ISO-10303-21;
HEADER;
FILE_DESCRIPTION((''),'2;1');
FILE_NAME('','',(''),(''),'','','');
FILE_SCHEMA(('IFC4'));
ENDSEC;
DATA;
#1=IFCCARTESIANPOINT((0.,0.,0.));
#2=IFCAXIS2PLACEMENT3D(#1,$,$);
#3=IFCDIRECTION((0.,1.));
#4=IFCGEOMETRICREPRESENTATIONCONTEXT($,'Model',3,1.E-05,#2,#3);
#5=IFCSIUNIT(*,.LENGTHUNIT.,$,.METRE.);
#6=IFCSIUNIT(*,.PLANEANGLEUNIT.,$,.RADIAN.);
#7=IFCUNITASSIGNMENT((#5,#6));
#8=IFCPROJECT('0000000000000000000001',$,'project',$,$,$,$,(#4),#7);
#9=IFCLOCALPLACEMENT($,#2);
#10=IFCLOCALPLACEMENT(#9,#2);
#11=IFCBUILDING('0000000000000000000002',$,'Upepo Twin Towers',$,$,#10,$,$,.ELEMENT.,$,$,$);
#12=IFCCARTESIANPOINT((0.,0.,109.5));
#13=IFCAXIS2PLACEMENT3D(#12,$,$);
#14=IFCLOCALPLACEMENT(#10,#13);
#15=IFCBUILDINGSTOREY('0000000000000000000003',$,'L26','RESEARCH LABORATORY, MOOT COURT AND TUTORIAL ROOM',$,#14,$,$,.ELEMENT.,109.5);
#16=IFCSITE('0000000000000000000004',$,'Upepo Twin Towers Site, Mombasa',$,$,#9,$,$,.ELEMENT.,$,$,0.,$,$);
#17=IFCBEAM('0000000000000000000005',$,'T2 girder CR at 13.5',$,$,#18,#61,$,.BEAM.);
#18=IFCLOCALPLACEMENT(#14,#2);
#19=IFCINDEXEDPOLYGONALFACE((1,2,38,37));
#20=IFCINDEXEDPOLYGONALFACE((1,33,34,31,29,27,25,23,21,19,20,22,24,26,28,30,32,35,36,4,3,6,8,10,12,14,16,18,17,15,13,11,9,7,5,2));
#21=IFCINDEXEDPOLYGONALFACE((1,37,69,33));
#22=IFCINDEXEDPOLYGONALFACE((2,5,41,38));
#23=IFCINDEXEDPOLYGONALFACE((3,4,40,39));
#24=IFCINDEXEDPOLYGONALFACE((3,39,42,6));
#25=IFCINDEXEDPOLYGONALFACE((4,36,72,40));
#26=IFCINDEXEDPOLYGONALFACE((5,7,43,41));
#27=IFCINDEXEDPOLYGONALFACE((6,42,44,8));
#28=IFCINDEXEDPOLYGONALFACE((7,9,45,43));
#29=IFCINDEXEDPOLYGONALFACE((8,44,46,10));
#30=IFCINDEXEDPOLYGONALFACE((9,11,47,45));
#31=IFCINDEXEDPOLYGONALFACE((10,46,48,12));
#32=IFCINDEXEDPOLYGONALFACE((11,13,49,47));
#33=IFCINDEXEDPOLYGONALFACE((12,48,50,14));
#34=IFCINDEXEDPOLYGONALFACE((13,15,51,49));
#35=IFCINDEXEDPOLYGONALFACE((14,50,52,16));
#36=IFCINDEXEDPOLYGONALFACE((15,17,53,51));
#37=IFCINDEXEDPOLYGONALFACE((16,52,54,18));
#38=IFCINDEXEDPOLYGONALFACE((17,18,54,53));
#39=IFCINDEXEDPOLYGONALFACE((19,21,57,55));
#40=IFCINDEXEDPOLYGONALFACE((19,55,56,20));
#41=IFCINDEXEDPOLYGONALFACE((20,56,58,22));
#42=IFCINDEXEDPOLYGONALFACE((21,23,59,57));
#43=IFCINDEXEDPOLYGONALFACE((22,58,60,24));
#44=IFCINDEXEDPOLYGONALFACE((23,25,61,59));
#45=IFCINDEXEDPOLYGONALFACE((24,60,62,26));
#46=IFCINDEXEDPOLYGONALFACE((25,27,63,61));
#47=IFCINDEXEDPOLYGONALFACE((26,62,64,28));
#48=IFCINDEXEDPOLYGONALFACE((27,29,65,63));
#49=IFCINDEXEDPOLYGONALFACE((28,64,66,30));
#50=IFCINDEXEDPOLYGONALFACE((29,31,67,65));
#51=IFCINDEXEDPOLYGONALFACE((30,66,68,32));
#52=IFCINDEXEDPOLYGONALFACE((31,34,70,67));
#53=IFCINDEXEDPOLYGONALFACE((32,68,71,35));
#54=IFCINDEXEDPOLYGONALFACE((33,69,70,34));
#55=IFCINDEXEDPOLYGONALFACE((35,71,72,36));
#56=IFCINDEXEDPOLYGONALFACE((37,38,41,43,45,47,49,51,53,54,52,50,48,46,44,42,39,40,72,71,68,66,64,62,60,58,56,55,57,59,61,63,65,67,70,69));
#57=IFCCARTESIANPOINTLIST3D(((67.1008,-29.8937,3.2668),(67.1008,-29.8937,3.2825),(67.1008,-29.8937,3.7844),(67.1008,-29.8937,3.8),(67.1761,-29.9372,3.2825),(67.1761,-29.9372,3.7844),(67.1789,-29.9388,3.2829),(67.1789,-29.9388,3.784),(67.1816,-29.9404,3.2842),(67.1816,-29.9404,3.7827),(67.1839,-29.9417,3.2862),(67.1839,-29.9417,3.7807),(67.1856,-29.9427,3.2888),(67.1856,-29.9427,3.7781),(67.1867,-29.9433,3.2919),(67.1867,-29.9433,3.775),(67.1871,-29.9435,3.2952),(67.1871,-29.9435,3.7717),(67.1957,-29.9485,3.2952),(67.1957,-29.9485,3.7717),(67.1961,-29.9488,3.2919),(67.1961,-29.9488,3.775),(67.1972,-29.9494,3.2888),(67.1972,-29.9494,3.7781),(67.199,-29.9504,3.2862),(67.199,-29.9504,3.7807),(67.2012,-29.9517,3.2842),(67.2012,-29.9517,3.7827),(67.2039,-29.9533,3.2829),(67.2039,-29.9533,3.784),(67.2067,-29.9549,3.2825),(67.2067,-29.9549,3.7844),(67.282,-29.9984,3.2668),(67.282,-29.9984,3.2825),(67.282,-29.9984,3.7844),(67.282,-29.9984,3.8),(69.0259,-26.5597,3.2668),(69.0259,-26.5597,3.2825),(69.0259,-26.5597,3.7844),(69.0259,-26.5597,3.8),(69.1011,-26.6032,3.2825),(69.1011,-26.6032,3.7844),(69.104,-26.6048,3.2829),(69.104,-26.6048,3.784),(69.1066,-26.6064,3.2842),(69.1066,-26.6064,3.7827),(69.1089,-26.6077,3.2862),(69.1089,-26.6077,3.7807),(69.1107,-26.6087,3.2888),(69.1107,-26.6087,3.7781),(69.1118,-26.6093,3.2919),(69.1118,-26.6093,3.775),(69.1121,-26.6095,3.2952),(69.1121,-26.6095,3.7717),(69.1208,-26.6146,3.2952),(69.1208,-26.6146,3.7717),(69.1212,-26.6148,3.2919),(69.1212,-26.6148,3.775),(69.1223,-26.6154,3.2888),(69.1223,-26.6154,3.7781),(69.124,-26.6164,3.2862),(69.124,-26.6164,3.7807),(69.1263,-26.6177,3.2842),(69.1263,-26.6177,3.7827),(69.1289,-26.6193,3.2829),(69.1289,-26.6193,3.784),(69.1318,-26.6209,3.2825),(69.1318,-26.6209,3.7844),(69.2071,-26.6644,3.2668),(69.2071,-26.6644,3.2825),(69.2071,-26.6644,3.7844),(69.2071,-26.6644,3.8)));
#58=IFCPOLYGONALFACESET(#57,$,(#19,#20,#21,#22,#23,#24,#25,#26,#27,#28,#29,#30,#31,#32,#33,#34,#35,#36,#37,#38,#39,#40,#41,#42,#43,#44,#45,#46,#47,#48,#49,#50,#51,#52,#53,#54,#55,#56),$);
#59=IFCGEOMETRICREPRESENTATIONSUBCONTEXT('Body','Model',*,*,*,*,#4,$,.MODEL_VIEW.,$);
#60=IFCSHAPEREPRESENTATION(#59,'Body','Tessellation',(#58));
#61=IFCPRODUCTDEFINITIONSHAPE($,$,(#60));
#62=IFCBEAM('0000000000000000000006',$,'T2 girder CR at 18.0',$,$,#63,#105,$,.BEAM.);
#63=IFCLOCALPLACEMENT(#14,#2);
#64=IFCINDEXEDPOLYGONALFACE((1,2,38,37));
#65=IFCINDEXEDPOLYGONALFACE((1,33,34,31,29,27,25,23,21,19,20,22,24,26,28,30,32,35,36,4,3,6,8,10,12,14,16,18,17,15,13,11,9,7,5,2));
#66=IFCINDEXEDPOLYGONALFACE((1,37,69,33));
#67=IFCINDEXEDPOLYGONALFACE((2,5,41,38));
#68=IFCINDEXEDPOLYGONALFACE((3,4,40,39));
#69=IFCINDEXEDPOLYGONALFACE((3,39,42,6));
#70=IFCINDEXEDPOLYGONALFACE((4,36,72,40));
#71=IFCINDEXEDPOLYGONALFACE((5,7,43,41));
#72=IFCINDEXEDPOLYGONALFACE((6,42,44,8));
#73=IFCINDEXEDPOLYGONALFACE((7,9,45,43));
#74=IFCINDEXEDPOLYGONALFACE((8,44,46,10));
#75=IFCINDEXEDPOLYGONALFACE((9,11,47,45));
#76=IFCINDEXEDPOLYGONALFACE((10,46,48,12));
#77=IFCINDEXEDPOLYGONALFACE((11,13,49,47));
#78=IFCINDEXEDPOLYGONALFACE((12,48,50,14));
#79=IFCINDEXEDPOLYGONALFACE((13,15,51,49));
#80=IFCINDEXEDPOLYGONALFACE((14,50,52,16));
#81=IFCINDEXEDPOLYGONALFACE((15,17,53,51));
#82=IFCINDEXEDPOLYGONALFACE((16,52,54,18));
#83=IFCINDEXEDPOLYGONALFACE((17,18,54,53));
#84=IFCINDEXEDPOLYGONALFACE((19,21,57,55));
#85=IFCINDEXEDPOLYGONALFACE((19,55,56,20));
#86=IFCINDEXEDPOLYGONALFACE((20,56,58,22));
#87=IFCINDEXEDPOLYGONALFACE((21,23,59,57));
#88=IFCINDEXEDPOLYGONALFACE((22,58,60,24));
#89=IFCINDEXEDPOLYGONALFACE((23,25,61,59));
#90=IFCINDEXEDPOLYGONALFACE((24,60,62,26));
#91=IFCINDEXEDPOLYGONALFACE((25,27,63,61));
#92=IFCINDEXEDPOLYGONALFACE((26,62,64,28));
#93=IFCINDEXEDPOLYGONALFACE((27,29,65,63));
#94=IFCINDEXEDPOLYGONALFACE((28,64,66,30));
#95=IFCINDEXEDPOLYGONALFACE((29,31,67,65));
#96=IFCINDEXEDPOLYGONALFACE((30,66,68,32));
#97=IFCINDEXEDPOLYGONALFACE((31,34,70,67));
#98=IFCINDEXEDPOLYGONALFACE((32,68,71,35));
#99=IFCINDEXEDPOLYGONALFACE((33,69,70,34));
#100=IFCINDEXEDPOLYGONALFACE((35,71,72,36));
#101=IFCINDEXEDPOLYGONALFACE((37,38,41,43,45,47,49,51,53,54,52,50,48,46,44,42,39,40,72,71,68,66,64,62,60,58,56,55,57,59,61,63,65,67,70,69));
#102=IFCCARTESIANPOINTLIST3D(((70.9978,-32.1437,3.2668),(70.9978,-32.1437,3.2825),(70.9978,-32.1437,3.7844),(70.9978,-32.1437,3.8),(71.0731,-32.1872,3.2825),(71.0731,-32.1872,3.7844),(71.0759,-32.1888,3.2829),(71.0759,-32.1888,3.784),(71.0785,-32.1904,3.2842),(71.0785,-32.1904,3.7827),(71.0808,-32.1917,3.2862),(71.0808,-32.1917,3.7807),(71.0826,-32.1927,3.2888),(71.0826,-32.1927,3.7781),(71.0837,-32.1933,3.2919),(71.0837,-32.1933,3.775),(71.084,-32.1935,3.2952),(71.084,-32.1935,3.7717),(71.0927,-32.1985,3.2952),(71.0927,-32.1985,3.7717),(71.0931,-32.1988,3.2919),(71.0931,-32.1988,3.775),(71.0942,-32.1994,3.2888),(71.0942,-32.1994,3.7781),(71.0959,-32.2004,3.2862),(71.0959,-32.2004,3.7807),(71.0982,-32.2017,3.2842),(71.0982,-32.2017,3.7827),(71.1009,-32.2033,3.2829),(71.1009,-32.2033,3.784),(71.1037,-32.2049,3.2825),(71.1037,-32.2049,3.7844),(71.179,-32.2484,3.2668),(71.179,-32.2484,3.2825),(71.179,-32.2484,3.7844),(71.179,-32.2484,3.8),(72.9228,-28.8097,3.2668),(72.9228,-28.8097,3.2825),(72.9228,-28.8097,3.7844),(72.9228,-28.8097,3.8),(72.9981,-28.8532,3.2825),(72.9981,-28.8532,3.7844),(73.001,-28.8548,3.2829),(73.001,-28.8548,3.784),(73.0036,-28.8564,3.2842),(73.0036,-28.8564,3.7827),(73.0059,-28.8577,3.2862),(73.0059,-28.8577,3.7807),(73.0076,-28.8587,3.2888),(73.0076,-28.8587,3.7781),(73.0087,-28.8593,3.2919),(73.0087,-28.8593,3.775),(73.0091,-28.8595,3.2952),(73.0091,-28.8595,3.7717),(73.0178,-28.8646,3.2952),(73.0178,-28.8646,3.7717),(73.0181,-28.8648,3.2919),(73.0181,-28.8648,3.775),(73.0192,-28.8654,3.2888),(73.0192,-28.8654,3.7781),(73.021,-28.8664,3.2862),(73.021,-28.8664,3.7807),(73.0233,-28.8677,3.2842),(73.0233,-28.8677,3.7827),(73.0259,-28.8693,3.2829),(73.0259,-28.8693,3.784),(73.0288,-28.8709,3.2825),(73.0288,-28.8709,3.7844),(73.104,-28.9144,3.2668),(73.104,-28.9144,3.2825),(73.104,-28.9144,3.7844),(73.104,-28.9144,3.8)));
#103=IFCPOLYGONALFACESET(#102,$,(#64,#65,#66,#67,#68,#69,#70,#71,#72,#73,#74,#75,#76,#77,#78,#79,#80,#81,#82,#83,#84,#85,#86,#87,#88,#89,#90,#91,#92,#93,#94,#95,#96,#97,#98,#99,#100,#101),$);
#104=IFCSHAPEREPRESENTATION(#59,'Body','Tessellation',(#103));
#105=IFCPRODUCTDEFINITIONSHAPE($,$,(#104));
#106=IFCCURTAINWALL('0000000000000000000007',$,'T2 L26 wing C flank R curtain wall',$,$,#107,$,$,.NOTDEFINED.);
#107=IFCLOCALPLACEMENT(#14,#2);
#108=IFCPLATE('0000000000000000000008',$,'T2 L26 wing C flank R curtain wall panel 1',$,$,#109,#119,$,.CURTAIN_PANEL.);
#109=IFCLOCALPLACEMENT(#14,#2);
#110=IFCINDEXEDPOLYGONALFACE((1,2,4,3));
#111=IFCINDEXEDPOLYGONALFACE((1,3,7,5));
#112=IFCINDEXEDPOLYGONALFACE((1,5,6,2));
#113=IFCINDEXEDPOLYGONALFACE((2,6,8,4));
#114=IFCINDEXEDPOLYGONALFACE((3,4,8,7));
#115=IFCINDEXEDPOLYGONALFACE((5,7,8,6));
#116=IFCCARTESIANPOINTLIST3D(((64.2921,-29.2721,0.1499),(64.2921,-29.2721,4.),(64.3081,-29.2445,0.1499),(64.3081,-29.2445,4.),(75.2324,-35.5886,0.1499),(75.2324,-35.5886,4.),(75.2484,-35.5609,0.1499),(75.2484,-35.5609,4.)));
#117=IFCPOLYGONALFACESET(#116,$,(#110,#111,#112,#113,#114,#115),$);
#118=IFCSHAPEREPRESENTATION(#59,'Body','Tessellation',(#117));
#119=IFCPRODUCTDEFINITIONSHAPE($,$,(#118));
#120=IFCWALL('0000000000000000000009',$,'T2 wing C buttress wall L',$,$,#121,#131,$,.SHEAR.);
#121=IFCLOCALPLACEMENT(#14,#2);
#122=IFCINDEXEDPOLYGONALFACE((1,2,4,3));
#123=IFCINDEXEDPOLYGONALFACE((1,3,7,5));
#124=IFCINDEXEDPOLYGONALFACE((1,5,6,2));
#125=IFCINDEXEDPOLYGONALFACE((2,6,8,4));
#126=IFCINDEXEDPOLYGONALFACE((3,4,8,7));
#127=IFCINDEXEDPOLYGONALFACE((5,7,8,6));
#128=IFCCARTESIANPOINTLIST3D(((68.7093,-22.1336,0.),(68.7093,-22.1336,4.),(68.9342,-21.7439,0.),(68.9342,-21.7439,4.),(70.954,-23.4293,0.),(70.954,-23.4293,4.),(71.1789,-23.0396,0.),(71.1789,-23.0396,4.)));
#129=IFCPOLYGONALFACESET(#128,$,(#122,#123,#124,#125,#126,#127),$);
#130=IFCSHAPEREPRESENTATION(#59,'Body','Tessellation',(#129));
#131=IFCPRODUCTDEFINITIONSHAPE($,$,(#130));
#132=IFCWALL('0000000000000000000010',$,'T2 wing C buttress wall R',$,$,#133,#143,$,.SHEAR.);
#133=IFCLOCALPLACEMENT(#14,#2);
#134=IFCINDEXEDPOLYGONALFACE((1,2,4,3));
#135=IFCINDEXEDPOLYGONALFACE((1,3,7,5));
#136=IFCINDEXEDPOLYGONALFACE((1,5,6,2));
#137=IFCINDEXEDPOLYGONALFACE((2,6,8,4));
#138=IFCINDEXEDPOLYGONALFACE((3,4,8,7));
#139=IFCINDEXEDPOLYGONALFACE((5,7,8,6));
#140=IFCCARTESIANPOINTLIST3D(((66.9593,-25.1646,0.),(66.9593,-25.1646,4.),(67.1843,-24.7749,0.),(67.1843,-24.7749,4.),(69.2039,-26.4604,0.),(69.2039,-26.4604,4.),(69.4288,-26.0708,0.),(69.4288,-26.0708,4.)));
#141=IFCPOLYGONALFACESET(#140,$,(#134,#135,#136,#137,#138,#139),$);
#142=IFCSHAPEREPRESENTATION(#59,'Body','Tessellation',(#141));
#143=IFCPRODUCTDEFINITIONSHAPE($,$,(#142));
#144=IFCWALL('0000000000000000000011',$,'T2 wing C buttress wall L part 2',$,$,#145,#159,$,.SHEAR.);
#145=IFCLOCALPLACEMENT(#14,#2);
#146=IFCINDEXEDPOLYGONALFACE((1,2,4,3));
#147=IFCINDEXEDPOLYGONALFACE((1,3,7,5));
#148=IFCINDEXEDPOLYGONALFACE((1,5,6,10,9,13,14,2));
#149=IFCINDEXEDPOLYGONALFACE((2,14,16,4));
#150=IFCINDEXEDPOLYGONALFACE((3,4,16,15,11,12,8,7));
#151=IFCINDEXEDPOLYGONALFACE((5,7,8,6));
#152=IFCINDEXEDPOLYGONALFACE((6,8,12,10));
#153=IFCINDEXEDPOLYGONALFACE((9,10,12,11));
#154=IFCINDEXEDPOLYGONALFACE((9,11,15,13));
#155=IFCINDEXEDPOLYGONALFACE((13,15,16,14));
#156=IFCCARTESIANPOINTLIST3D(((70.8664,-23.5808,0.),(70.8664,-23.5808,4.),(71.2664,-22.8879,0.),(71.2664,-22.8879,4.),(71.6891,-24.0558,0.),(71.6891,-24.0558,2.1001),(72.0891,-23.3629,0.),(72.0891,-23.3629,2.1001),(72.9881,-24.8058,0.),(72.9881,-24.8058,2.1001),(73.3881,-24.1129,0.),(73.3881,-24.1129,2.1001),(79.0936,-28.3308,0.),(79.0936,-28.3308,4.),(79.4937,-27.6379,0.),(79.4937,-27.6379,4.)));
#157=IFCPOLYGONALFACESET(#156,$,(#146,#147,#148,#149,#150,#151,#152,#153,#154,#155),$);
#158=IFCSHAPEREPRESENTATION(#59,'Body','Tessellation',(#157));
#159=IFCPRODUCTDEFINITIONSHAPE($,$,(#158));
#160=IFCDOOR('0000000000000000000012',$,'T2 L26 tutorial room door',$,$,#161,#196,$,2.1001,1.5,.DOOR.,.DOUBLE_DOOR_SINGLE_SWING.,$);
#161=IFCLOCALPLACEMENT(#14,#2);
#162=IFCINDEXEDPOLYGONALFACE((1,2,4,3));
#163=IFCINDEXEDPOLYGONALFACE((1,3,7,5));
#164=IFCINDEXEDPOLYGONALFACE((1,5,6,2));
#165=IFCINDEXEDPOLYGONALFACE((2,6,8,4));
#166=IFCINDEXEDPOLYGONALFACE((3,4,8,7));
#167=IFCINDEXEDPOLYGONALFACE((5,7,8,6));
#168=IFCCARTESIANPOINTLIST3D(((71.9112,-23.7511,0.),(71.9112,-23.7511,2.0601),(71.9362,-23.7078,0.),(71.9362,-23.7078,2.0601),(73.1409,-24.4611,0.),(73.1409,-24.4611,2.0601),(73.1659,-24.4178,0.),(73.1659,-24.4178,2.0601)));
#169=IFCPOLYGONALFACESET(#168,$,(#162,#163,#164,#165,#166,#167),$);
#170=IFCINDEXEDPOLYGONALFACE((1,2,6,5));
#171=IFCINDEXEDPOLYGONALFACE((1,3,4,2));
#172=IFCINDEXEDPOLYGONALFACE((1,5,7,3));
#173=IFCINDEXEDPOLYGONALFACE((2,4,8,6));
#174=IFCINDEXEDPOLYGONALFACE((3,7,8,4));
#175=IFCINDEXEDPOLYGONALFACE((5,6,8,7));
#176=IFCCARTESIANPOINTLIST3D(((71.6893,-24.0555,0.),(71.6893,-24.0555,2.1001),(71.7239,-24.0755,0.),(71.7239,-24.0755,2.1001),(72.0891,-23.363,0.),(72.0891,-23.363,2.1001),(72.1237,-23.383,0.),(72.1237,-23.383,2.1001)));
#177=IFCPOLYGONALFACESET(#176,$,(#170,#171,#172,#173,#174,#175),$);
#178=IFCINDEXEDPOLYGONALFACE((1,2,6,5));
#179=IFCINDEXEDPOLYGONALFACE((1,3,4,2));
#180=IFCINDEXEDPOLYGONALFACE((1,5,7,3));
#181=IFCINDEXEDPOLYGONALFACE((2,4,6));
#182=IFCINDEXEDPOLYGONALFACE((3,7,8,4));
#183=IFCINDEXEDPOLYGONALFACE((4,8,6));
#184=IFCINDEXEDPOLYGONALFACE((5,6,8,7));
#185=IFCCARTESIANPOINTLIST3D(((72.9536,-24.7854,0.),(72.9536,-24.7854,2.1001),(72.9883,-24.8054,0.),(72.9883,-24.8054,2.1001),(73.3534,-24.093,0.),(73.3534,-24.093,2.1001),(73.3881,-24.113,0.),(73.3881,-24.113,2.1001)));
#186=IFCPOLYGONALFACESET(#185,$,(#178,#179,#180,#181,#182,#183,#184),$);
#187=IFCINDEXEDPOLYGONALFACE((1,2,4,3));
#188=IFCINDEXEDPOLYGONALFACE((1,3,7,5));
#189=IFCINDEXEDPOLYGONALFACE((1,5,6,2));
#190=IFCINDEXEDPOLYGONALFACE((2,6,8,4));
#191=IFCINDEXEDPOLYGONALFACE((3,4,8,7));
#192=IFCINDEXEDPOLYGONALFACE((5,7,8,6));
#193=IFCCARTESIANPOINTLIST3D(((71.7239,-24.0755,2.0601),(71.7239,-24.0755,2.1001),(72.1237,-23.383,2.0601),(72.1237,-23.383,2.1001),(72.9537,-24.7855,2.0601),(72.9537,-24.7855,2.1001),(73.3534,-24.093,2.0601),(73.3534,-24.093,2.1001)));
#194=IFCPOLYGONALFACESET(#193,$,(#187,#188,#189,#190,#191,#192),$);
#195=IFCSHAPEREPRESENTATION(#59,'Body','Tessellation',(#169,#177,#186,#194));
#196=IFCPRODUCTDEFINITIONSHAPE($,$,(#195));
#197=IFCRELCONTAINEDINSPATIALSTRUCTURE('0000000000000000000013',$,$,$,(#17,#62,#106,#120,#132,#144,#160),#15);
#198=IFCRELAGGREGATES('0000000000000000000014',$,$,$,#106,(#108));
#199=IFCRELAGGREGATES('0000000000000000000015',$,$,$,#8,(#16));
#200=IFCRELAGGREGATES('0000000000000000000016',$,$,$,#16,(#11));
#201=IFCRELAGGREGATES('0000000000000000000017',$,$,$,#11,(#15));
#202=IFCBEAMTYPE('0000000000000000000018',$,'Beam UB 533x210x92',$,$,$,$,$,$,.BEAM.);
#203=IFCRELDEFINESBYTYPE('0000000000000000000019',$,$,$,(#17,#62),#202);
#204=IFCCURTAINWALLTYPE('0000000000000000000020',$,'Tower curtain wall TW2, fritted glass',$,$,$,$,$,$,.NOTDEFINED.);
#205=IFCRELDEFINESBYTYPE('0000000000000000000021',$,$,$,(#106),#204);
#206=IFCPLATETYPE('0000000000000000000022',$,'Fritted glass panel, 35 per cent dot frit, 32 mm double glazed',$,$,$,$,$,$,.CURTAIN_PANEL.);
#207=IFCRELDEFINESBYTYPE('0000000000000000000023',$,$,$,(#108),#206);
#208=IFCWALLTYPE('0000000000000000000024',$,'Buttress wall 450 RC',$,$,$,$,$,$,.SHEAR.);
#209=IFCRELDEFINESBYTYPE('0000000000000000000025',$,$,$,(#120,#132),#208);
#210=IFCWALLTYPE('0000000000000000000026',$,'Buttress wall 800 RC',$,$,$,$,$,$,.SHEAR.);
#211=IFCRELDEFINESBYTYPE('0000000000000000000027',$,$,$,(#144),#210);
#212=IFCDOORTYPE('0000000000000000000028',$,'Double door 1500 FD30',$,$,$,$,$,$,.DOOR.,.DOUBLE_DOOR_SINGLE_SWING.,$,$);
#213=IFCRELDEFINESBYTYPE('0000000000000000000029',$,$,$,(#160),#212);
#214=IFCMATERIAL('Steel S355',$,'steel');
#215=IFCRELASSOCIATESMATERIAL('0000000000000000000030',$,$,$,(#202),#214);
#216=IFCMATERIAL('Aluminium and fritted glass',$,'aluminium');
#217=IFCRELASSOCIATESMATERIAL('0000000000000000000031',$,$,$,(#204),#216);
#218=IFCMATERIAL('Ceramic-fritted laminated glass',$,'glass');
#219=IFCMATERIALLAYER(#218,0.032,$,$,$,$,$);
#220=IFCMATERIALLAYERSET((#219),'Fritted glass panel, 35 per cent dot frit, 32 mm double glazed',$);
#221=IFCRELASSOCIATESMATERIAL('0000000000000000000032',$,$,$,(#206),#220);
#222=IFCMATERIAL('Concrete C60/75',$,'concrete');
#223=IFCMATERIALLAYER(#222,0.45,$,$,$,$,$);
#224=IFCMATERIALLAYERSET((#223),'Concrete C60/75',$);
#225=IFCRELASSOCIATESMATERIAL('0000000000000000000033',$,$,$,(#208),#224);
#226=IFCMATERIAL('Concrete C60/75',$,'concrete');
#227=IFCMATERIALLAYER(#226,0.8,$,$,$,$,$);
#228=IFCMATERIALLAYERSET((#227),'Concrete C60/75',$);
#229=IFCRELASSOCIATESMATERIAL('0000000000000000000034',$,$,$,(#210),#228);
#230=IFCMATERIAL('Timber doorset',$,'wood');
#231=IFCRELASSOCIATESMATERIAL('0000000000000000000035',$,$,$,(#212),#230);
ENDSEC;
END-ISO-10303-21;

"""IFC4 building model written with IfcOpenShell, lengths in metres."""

from ifc_helpers import new_model, si_unit, direction, frame, frame_2d, origin, origin_2d, place, context, subcontext, project, spatial, rectangle, i_section, extrude, material, layer, layer_set, material_profile, profile_set, type_object, element, fill, aggregate, save


model = new_model("IFC4")

# Units and contexts
model_context = context("Model", 3, precision=1e-05, world=origin(), true_north=direction((0.0, 1.0)))
body_context = subcontext(model_context, "Body", "Model", "MODEL_VIEW")
ifc_project = project(units=[si_unit("LENGTHUNIT", "METRE"), si_unit("PLANEANGLEUNIT", "RADIAN")], contexts=[model_context])

# Site, building, storey
site_placement = place(None, origin())
site = spatial("IfcSite", under=ifc_project, at=site_placement, Name="Upepo Twin Towers Site, Mombasa", CompositionType="ELEMENT", RefElevation=0.0)
building_placement = place(site_placement, origin())
building = spatial("IfcBuilding", under=site, at=building_placement, Name="Upepo Twin Towers", CompositionType="ELEMENT")
storey_placement = place(building_placement, frame((0.0, 0.0, 109.5)))
storey = spatial("IfcBuildingStorey", under=building, at=storey_placement, Name="L26", Description="RESEARCH LABORATORY, MOOT COURT AND TUTORIAL ROOM", CompositionType="ELEMENT", Elevation=109.5)

# Beams
ifc_material_1 = material(Name="Steel S355", Category="steel")
ifc_material_profile_1 = material_profile(ifc_material_1, i_section(OverallWidth=0.2092, OverallDepth=0.5332, WebThickness=0.01, FlangeThickness=0.0156, FilletRadius=0.0127, at=origin_2d()), Name="UB 533x210x92")
ifc_profile_set_1 = profile_set([ifc_material_profile_1], Name="Steel S355")
beam_type_1 = type_object("IfcBeamType", Name="Beam UB 533x210x92", PredefinedType="BEAM", material=ifc_profile_set_1)
for number, where, z_axis, x_axis, name in (
    (1, (67.1914, -29.946, 3.5334), (0.500034, 0.866006, 0.0), (-0.866006, 0.500034, 0.0), "T2 girder CR at 13.5"),
    (2, (71.0884, -32.196, 3.5334), (0.500034, 0.866006, 0.0), (-0.866006, 0.500034, 0.0), "T2 girder CR at 18.0"),
):
    element("IfcBeam", number, at=place(storey_placement, frame(where, z_axis=z_axis, x_axis=x_axis)), inside=storey, type_object=beam_type_1, Name=name, PredefinedType="BEAM", context=body_context, shape_type="SweptSolid", body=[
        extrude(i_section(OverallWidth=0.2092, OverallDepth=0.5332, WebThickness=0.01, FlangeThickness=0.0156, FilletRadius=0.0127, at=origin_2d()), origin(), (0.0, 0.0, 1.0), 3.8499),
    ])

# Curtain wall, plate
ifc_material_2 = material(Name="Aluminium and fritted glass", Category="aluminium")
curtain_wall_type = type_object("IfcCurtainWallType", Name="Tower curtain wall TW2, fritted glass", PredefinedType="NOTDEFINED", material=ifc_material_2)
curtain_wall_placement = place(storey_placement, origin())
curtain_wall = element("IfcCurtainWall", 3, at=curtain_wall_placement, inside=storey, type_object=curtain_wall_type, Name="T2 L26 wing C flank R curtain wall", PredefinedType="NOTDEFINED")
ifc_material_3 = material(Name="Ceramic-fritted laminated glass", Category="glass")
ifc_layer_1 = layer(ifc_material_3, 0.032)
ifc_layer_set_1 = layer_set([ifc_layer_1], Name="Fritted glass panel, 35 per cent dot frit, 32 mm double glazed")
plate_type = type_object("IfcPlateType", Name="Fritted glass panel, 35 per cent dot frit, 32 mm double glazed", PredefinedType="CURTAIN_PANEL", material=ifc_layer_set_1)
plate_placement = place(storey_placement, frame((69.7703, -32.4165, 0.1499), z_axis=(0.0, 0.0, 1.0), x_axis=(-0.866025, 0.5, 0.0)))
plate = element("IfcPlate", 4, at=plate_placement, type_object=plate_type, Name="T2 L26 wing C flank R curtain wall panel 1", PredefinedType="CURTAIN_PANEL", context=body_context, shape_type="SweptSolid", body=[
    extrude(rectangle(XDim=12.6328, YDim=0.032, at=origin_2d()), origin(), (0.0, 0.0, 1.0), 3.8501),
])
aggregate(curtain_wall, [plate])

# Walls
ifc_material_4 = material(Name="Concrete C60/75", Category="concrete")
ifc_layer_2 = layer(ifc_material_4, 0.45)
ifc_layer_set_2 = layer_set([ifc_layer_2], Name="Concrete C60/75")
wall_type_1 = type_object("IfcWallType", Name="Buttress wall 450 RC", PredefinedType="SHEAR", material=ifc_layer_set_2)
for number, where, z_axis, x_axis, name in (
    (5, (68.8218, -21.9387, 0.0), (0.0, 0.0, 1.0), (0.866073, -0.499918, 0.0), "T2 wing C buttress wall L"),
    (6, (67.0718, -24.9697, 0.0), (0.0, 0.0, 1.0), (0.866032, -0.499989, 0.0), "T2 wing C buttress wall R"),
):
    element("IfcWall", number, at=place(storey_placement, frame(where, z_axis=z_axis, x_axis=x_axis)), inside=storey, type_object=wall_type_1, Name=name, PredefinedType="SHEAR", context=body_context, shape_type="SweptSolid", body=[
        extrude(rectangle(XDim=2.5918, YDim=0.45, at=frame_2d((1.2959, 0.0))), origin(), (0.0, 0.0, 1.0), 4.0),
    ])

# Wall, opening, door
ifc_material_5 = material(Name="Concrete C60/75", Category="concrete")
ifc_layer_3 = layer(ifc_material_5, 0.8)
ifc_layer_set_3 = layer_set([ifc_layer_3], Name="Concrete C60/75")
wall_type_2 = type_object("IfcWallType", Name="Buttress wall 800 RC", PredefinedType="SHEAR", material=ifc_layer_set_3)
wall_1_placement = place(storey_placement, frame((71.0664, -23.2344, 0.0), z_axis=(0.0, 0.0, 1.0), x_axis=(0.866027, -0.499998, 0.0)))
wall_1 = element("IfcWall", 7, at=wall_1_placement, inside=storey, type_object=wall_type_2, Name="T2 wing C buttress wall L part 2", PredefinedType="SHEAR", context=body_context, shape_type="SweptSolid", body=[
    extrude(rectangle(XDim=9.5, YDim=0.8, at=frame_2d((4.75, 0.0))), origin(), (0.0, 0.0, 1.0), 4.0),
])
opening_1_placement = place(wall_1_placement, frame((0.95, 0.0, 0.0)))
opening_1 = element("IfcOpeningElement", 8, at=opening_1_placement, cuts=wall_1, PredefinedType="OPENING", context=body_context, shape_type="SweptSolid", body=[
    extrude(rectangle(XDim=1.5, YDim=2.1001, at=frame_2d((0.75, 1.05))), frame((0.0, 0.4099, 0.0), z_axis=(0.0, -1.0, 0.0), x_axis=(1.0, 0.0, 0.0)), (0.0, 0.0, 1.0), 0.8201),
])
ifc_material_6 = material(Name="Timber doorset", Category="wood")
door_type_1 = type_object("IfcDoorType", Name="Double door 1500 FD30", OperationType="DOUBLE_DOOR_SINGLE_SWING", PredefinedType="DOOR", material=ifc_material_6)
door_1_placement = place(opening_1_placement, origin())
door_1 = element("IfcDoor", 9, at=door_1_placement, inside=storey, type_object=door_type_1, Name="T2 L26 tutorial room door", OperationType="DOUBLE_DOOR_SINGLE_SWING", OverallHeight=2.1001, OverallWidth=1.5, PredefinedType="DOOR", context=body_context, shape_type="SweptSolid", body=[
    extrude(rectangle(XDim=1.42, YDim=2.0601, at=frame_2d((0.75, 1.03))), frame((0.0, 0.0249, 0.0), z_axis=(0.0, -1.0, 0.0), x_axis=(1.0, 0.0, 0.0)), (0.0, 0.0, 1.0), 0.05),
    extrude(rectangle(XDim=0.04, YDim=2.1001, at=frame_2d((0.02, 1.05))), frame((0.0, 0.3999, 0.0), z_axis=(0.0, -1.0, 0.0), x_axis=(1.0, 0.0, 0.0)), (0.0, 0.0, 1.0), 0.7996),
    extrude(rectangle(XDim=0.04, YDim=2.1001, at=frame_2d((1.48, 1.05))), frame((0.0, 0.3999, 0.0), z_axis=(0.0, -1.0, 0.0), x_axis=(1.0, 0.0, 0.0)), (0.0, 0.0, 1.0), 0.7996),
    extrude(rectangle(XDim=1.42, YDim=0.04, at=frame_2d((0.75, 2.0801))), frame((0.0, 0.3999, 0.0), z_axis=(0.0, -1.0, 0.0), x_axis=(1.0, 0.0, 0.0)), (0.0, 0.0, 1.0), 0.7996),
])
fill(opening_1, door_1)

save(model, "model.ifc")
